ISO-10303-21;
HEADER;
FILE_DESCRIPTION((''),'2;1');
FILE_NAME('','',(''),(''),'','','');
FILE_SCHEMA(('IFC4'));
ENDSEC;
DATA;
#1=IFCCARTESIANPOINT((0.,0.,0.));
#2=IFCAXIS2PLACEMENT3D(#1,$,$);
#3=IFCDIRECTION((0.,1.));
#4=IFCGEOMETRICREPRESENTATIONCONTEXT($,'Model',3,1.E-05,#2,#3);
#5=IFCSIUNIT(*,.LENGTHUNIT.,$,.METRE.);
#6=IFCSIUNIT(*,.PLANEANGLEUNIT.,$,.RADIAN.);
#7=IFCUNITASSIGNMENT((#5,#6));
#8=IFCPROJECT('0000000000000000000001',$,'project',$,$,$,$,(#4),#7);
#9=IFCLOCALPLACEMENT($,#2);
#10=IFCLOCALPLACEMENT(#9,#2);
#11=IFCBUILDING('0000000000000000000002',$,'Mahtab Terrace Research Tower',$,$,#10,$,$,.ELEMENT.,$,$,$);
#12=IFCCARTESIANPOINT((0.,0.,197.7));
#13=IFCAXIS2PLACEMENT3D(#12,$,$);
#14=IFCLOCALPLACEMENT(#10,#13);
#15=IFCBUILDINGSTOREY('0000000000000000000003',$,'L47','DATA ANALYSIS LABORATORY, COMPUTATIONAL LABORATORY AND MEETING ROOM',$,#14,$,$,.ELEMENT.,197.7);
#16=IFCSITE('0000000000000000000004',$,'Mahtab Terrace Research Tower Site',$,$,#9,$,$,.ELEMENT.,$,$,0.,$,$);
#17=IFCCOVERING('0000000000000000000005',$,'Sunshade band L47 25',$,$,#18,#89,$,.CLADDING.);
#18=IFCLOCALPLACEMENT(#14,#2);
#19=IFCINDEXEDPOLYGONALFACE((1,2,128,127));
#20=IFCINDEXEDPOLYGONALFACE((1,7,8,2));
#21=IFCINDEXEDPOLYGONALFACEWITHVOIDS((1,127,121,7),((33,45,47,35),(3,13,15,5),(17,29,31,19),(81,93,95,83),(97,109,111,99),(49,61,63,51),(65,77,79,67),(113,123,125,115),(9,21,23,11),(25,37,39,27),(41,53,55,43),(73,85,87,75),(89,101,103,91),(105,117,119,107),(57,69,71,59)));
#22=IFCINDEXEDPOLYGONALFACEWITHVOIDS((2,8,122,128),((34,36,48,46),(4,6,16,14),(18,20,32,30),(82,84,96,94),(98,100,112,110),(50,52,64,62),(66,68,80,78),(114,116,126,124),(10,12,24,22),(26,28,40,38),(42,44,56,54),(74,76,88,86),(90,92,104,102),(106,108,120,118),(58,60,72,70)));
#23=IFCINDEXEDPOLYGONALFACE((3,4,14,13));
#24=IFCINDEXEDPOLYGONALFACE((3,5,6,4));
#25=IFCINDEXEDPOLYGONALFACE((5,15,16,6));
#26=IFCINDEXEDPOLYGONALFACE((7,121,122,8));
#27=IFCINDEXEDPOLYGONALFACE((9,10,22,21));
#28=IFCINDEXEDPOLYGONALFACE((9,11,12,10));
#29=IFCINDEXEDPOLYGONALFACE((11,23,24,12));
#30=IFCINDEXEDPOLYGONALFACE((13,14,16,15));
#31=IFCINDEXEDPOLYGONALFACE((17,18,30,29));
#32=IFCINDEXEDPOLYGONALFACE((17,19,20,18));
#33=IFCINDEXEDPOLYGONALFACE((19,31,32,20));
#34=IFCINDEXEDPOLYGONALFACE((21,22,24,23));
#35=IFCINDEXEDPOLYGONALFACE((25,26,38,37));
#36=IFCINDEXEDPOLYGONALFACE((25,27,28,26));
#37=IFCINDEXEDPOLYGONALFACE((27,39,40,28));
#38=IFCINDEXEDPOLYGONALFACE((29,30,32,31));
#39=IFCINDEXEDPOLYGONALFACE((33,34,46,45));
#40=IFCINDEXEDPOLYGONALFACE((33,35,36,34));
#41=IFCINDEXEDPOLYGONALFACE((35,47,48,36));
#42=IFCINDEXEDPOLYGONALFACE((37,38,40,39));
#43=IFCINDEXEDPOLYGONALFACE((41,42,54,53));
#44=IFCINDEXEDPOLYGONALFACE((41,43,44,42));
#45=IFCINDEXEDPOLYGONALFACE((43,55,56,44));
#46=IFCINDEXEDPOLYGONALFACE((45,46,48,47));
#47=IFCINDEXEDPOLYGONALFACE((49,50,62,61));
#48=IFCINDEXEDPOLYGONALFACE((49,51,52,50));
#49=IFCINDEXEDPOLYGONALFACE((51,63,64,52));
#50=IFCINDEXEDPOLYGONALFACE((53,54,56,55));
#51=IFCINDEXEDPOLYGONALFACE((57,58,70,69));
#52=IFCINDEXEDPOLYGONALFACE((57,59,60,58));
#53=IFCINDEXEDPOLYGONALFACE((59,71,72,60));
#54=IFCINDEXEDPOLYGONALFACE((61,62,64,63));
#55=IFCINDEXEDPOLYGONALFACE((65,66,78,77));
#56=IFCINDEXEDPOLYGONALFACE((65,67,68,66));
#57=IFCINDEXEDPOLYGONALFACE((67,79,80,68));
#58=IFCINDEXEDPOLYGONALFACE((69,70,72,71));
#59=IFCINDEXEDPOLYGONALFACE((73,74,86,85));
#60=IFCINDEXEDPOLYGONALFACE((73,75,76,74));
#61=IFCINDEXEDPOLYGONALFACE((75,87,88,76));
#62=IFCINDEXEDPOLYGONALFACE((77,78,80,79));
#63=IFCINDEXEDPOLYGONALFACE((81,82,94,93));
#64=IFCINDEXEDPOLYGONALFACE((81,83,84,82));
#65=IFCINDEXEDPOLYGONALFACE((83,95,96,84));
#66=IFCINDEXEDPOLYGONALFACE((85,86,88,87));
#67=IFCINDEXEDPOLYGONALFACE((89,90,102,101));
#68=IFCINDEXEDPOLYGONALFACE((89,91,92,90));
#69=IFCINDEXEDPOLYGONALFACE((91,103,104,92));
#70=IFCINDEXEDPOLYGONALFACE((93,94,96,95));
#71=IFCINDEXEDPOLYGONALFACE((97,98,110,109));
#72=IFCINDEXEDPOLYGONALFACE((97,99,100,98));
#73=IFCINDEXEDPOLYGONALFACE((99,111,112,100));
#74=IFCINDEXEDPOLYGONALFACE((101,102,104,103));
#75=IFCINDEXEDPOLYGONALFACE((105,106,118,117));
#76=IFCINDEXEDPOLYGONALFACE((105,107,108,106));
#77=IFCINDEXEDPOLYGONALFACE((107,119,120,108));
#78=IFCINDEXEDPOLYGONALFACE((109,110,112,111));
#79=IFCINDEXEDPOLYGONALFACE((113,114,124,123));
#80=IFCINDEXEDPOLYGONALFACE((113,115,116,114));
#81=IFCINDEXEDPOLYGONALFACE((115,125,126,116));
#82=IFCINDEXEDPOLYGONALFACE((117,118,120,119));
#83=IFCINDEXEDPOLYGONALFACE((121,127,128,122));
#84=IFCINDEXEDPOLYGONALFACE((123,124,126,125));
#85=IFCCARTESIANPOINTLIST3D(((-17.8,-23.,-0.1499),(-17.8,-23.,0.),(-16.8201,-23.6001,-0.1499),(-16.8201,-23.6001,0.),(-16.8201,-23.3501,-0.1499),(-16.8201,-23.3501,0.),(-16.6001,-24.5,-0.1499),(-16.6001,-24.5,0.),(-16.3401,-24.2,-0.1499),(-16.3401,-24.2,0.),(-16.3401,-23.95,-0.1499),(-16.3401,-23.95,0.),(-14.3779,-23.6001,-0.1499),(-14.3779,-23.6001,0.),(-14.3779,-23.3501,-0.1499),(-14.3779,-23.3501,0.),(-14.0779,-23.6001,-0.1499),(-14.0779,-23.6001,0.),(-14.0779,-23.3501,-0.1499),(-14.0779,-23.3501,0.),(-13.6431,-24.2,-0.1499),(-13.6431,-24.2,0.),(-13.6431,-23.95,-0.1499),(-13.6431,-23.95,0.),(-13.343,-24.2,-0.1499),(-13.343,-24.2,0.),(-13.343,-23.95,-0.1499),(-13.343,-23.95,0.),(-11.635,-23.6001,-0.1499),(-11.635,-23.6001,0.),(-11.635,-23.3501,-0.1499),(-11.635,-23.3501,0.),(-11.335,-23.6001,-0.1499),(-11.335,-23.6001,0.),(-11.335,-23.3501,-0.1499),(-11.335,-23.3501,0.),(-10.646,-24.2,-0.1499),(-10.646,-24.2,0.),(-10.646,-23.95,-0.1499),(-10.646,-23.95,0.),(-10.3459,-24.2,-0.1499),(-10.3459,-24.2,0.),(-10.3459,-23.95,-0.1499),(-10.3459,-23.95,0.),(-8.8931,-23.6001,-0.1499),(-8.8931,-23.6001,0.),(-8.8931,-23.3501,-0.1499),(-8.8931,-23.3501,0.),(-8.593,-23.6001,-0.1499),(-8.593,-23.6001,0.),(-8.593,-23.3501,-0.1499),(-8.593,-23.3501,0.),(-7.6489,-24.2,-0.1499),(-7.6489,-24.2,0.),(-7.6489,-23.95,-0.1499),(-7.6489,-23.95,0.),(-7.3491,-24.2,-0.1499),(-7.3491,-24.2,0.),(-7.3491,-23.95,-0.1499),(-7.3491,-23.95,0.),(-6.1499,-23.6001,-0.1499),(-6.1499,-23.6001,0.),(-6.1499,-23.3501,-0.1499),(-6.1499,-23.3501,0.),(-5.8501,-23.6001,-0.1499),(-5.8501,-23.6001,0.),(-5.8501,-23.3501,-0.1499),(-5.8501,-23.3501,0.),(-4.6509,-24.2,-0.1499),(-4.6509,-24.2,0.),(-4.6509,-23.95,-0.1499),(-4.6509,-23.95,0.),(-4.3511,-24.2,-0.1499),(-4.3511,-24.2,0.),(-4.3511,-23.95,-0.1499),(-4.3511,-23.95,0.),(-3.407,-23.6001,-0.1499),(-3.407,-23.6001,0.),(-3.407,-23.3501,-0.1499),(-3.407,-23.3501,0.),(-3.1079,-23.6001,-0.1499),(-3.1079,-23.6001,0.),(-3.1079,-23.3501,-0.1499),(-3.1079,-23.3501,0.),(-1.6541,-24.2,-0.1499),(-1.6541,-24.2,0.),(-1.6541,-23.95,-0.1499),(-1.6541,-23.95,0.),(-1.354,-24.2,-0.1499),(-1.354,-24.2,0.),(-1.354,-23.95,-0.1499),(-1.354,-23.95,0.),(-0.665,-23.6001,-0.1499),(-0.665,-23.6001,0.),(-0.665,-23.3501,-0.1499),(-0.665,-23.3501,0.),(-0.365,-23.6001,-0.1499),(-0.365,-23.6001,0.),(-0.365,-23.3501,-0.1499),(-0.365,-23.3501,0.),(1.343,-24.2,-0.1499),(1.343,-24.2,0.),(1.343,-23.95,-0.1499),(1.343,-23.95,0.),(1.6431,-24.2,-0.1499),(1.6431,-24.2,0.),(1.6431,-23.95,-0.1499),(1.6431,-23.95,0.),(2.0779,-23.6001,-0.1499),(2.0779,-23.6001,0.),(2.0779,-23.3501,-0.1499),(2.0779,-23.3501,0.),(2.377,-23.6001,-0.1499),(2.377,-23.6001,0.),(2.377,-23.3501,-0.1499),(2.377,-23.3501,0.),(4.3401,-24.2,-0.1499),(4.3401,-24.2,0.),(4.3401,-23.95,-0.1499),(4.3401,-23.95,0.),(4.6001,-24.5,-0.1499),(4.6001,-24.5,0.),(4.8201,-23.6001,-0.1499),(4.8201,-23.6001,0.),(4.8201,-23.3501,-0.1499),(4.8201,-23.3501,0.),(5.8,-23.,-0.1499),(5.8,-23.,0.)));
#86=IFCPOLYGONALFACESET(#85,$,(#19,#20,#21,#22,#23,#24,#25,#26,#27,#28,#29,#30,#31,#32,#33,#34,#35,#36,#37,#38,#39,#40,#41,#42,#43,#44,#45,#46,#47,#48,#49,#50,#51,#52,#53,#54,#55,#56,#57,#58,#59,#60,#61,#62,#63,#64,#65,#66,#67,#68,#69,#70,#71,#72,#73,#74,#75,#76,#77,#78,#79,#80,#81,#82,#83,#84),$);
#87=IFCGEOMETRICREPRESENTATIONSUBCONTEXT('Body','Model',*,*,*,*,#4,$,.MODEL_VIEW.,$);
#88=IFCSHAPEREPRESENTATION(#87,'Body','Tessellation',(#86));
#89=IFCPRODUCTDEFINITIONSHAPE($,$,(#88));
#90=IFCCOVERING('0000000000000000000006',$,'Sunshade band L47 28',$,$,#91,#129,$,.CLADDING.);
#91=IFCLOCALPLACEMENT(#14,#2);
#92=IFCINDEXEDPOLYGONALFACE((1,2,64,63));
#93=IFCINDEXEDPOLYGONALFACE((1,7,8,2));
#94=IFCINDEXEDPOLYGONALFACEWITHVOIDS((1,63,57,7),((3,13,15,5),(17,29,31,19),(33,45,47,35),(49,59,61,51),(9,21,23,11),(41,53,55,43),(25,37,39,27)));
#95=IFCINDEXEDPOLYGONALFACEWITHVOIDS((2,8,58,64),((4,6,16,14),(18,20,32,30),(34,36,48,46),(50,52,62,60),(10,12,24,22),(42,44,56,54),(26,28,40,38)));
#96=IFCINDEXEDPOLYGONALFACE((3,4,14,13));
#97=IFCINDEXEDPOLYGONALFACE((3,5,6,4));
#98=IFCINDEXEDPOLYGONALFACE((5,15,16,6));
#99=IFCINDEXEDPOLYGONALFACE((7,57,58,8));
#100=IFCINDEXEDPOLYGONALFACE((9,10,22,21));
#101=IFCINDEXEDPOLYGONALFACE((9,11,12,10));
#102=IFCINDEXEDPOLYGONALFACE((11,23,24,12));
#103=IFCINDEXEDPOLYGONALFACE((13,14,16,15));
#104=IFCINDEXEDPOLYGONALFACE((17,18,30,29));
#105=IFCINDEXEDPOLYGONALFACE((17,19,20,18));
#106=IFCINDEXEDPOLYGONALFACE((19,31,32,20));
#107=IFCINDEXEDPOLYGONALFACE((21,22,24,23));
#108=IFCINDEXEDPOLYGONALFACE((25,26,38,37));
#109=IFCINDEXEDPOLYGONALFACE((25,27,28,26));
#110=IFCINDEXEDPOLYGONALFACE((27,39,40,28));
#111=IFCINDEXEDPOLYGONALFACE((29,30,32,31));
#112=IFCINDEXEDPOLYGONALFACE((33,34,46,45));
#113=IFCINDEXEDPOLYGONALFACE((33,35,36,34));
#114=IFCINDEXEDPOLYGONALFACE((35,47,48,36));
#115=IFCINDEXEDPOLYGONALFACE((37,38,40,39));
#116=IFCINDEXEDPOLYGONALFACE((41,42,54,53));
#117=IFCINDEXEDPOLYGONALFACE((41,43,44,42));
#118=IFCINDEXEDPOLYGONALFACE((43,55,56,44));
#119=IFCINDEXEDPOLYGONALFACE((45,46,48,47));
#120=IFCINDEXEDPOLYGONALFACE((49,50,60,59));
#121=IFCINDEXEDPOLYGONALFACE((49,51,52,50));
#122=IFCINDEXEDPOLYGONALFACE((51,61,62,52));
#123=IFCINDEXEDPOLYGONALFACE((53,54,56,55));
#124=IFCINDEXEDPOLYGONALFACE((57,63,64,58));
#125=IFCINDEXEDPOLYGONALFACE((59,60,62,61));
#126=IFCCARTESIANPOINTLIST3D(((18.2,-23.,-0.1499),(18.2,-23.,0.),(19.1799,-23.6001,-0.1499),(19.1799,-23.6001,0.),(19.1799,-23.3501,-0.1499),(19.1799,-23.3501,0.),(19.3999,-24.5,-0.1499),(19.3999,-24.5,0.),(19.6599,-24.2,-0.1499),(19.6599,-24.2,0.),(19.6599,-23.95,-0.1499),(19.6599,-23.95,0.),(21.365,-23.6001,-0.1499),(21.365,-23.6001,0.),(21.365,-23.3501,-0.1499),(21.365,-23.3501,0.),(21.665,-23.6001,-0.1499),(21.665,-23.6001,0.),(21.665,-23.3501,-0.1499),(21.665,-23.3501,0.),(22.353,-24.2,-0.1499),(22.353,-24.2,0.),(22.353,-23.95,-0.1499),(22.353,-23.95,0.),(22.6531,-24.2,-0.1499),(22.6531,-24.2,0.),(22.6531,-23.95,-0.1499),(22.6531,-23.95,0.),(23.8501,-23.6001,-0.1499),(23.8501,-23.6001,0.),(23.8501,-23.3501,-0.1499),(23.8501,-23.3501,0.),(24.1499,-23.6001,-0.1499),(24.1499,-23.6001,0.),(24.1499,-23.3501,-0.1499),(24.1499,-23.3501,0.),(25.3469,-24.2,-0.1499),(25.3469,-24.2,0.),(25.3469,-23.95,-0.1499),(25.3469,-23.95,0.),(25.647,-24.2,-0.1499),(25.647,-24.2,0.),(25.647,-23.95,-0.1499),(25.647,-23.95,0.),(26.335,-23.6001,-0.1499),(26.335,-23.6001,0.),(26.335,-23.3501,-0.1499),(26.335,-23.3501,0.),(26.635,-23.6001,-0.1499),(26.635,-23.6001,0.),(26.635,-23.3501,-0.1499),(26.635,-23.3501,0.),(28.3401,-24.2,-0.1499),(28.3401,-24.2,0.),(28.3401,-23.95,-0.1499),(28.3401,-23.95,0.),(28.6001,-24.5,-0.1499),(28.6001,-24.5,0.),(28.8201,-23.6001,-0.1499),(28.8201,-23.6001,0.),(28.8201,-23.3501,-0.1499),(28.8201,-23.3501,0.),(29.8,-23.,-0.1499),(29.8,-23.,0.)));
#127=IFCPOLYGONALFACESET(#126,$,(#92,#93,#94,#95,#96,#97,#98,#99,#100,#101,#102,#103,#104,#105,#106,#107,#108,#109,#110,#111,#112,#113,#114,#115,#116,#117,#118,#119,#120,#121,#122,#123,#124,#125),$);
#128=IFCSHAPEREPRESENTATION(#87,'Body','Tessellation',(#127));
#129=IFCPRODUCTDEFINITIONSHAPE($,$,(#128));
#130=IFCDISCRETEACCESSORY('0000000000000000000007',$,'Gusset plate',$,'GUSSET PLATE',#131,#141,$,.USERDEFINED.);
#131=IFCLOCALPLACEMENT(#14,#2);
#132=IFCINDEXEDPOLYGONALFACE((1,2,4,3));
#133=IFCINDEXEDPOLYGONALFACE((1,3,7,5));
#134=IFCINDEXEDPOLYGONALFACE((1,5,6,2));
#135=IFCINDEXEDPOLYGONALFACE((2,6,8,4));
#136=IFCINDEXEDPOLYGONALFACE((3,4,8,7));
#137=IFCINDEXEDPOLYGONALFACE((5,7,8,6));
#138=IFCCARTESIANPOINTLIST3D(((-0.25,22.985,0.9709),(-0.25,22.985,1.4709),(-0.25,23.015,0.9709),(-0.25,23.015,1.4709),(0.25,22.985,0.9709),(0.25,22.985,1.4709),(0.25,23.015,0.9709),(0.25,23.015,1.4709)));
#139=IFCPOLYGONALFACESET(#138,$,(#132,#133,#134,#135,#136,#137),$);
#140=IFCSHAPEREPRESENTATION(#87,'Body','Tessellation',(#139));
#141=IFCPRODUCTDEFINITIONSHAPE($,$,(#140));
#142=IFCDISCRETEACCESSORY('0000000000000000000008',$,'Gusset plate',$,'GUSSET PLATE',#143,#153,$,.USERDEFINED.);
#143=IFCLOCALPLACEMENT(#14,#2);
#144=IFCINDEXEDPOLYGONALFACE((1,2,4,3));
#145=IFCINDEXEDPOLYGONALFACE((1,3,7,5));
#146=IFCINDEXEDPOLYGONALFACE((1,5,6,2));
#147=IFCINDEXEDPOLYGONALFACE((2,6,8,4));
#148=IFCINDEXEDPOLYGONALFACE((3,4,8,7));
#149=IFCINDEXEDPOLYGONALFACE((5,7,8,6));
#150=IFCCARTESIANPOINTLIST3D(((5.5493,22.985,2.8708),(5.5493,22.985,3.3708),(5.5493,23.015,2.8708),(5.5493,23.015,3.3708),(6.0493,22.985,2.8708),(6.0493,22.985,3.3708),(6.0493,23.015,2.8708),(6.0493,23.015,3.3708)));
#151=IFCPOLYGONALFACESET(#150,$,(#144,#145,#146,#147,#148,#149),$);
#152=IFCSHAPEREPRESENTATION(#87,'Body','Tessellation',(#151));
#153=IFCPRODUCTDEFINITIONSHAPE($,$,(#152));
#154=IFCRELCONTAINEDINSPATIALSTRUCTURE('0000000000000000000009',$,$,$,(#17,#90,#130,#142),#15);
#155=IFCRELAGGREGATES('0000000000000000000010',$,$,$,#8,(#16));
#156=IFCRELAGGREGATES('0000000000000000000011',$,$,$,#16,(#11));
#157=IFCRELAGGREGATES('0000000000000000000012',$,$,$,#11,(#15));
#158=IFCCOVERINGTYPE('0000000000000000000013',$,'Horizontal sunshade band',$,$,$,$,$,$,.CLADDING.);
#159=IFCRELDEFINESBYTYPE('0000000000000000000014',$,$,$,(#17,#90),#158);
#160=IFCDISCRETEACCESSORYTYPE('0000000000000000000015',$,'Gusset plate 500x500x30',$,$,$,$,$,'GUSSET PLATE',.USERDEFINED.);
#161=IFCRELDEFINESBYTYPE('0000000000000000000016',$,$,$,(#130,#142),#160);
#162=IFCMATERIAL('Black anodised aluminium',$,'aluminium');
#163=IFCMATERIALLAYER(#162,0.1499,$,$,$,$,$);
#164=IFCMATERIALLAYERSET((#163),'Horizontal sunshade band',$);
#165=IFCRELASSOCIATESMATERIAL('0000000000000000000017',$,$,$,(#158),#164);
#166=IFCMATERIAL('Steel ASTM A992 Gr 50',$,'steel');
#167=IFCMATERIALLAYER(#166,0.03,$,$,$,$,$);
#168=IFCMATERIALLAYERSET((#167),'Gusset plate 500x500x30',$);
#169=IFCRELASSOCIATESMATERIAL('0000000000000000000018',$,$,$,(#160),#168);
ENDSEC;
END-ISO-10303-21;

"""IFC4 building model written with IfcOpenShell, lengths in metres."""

from ifc_helpers import new_model, si_unit, direction, frame, origin, origin_2d, place, context, subcontext, project, spatial, polyline, rectangle, outline, extrude, material, layer, layer_set, type_object, element, save


model = new_model("IFC4")

# Units and contexts
model_context = context("Model", 3, precision=1e-05, world=origin(), true_north=direction((0.0, 1.0)))
body_context = subcontext(model_context, "Body", "Model", "MODEL_VIEW")
ifc_project = project(units=[si_unit("LENGTHUNIT", "METRE"), si_unit("PLANEANGLEUNIT", "RADIAN")], contexts=[model_context])

# Site, building, storey
site_placement = place(None, origin())
site = spatial("IfcSite", under=ifc_project, at=site_placement, Name="Mahtab Terrace Research Tower Site", CompositionType="ELEMENT", RefElevation=0.0)
building_placement = place(site_placement, origin())
building = spatial("IfcBuilding", under=site, at=building_placement, Name="Mahtab Terrace Research Tower", CompositionType="ELEMENT")
storey_placement = place(building_placement, frame((0.0, 0.0, 197.7)))
storey = spatial("IfcBuildingStorey", under=building, at=storey_placement, Name="L47", Description="DATA ANALYSIS LABORATORY, COMPUTATIONAL LABORATORY AND MEETING ROOM", CompositionType="ELEMENT", Elevation=197.7)

# Shared definitions
ifc_material_1 = material(Name="Steel ASTM A992 Gr 50", Category="steel")

# Coverings
ifc_material_2 = material(Name="Black anodised aluminium", Category="aluminium")
ifc_layer_1 = layer(ifc_material_2, 0.1499)
ifc_layer_set_1 = layer_set([ifc_layer_1], Name="Horizontal sunshade band")
covering_type_1 = type_object("IfcCoveringType", Name="Horizontal sunshade band", PredefinedType="CLADDING", material=ifc_layer_set_1)
covering_1_placement = place(storey_placement, frame((0.0, 0.0, -0.1499)))
element("IfcCovering", 1, at=covering_1_placement, inside=storey, type_object=covering_type_1, Name="Sunshade band L47 25", PredefinedType="CLADDING", context=body_context, shape_type="SweptSolid", body=[
    extrude(outline(polyline([(-17.8, -23.0), (5.8, -23.0), (4.6001, -24.5), (-16.6001, -24.5), (-17.8, -23.0)]), holes=[polyline([(-16.8201, -23.3501), (-14.3779, -23.3501), (-14.3779, -23.6001), (-16.8201, -23.6001), (-16.8201, -23.3501)]), polyline([(-14.0779, -23.3501), (-11.635, -23.3501), (-11.635, -23.6001), (-14.0779, -23.6001), (-14.0779, -23.3501)]), polyline([(-11.335, -23.3501), (-8.8931, -23.3501), (-8.8931, -23.6001), (-11.335, -23.6001), (-11.335, -23.3501)]), polyline([(-8.593, -23.3501), (-6.1499, -23.3501), (-6.1499, -23.6001), (-8.593, -23.6001), (-8.593, -23.3501)]), polyline([(-5.8501, -23.3501), (-3.407, -23.3501), (-3.407, -23.6001), (-5.8501, -23.6001), (-5.8501, -23.3501)]), polyline([(-3.1079, -23.3501), (-0.665, -23.3501), (-0.665, -23.6001), (-3.1079, -23.6001), (-3.1079, -23.3501)]), polyline([(-0.365, -23.3501), (2.0779, -23.3501), (2.0779, -23.6001), (-0.365, -23.6001), (-0.365, -23.3501)]), polyline([(2.377, -23.3501), (4.8201, -23.3501), (4.8201, -23.6001), (2.377, -23.6001), (2.377, -23.3501)]), polyline([(-16.3401, -23.95), (-13.6431, -23.95), (-13.6431, -24.2), (-16.3401, -24.2), (-16.3401, -23.95)]), polyline([(-13.343, -23.95), (-10.646, -23.95), (-10.646, -24.2), (-13.343, -24.2), (-13.343, -23.95)]), polyline([(-10.3459, -23.95), (-7.6489, -23.95), (-7.6489, -24.2), (-10.3459, -24.2), (-10.3459, -23.95)]), polyline([(-7.3491, -23.95), (-4.6509, -23.95), (-4.6509, -24.2), (-7.3491, -24.2), (-7.3491, -23.95)]), polyline([(-4.3511, -23.95), (-1.6541, -23.95), (-1.6541, -24.2), (-4.3511, -24.2), (-4.3511, -23.95)]), polyline([(-1.354, -23.95), (1.343, -23.95), (1.343, -24.2), (-1.354, -24.2), (-1.354, -23.95)]), polyline([(1.6431, -23.95), (4.3401, -23.95), (4.3401, -24.2), (1.6431, -24.2), (1.6431, -23.95)])]), origin(), (0.0, 0.0, 1.0), 0.1499),
])
covering_2_placement = place(storey_placement, frame((0.0, 0.0, -0.1499)))
element("IfcCovering", 2, at=covering_2_placement, inside=storey, type_object=covering_type_1, Name="Sunshade band L47 28", PredefinedType="CLADDING", context=body_context, shape_type="SweptSolid", body=[
    extrude(outline(polyline([(18.2, -23.0), (29.8, -23.0), (28.6001, -24.5), (19.3999, -24.5), (18.2, -23.0)]), holes=[polyline([(19.1799, -23.3501), (21.365, -23.3501), (21.365, -23.6001), (19.1799, -23.6001), (19.1799, -23.3501)]), polyline([(21.665, -23.3501), (23.8501, -23.3501), (23.8501, -23.6001), (21.665, -23.6001), (21.665, -23.3501)]), polyline([(24.1499, -23.3501), (26.335, -23.3501), (26.335, -23.6001), (24.1499, -23.6001), (24.1499, -23.3501)]), polyline([(26.635, -23.3501), (28.8201, -23.3501), (28.8201, -23.6001), (26.635, -23.6001), (26.635, -23.3501)]), polyline([(19.6599, -23.95), (22.353, -23.95), (22.353, -24.2), (19.6599, -24.2), (19.6599, -23.95)]), polyline([(22.6531, -23.95), (25.3469, -23.95), (25.3469, -24.2), (22.6531, -24.2), (22.6531, -23.95)]), polyline([(25.647, -23.95), (28.3401, -23.95), (28.3401, -24.2), (25.647, -24.2), (25.647, -23.95)])]), origin(), (0.0, 0.0, 1.0), 0.1499),
])

# Discrete accessories
ifc_layer_2 = layer(ifc_material_1, 0.03)
ifc_layer_set_2 = layer_set([ifc_layer_2], Name="Gusset plate 500x500x30")
discrete_accessory_type = type_object("IfcDiscreteAccessoryType", Name="Gusset plate 500x500x30", ElementType="GUSSET PLATE", PredefinedType="USERDEFINED", material=ifc_layer_set_2)
for number, where, z_axis, x_axis, name in (
    (3, (0.0, 23.0, 0.9709), (0.0, 0.0, 1.0), (1.0, 0.0, 0.0), "Gusset plate"),
    (4, (5.7993, 23.0, 2.8708), (0.0, 0.0, 1.0), (1.0, 0.0, 0.0), "Gusset plate"),
):
    element("IfcDiscreteAccessory", number, at=place(storey_placement, frame(where, z_axis=z_axis, x_axis=x_axis)), inside=storey, type_object=discrete_accessory_type, Name=name, ObjectType="GUSSET PLATE", PredefinedType="USERDEFINED", context=body_context, shape_type="SweptSolid", body=[
        extrude(rectangle(XDim=0.5, YDim=0.03, at=origin_2d()), origin(), (0.0, 0.0, 1.0), 0.5),
    ])

save(model, "model.ifc")
